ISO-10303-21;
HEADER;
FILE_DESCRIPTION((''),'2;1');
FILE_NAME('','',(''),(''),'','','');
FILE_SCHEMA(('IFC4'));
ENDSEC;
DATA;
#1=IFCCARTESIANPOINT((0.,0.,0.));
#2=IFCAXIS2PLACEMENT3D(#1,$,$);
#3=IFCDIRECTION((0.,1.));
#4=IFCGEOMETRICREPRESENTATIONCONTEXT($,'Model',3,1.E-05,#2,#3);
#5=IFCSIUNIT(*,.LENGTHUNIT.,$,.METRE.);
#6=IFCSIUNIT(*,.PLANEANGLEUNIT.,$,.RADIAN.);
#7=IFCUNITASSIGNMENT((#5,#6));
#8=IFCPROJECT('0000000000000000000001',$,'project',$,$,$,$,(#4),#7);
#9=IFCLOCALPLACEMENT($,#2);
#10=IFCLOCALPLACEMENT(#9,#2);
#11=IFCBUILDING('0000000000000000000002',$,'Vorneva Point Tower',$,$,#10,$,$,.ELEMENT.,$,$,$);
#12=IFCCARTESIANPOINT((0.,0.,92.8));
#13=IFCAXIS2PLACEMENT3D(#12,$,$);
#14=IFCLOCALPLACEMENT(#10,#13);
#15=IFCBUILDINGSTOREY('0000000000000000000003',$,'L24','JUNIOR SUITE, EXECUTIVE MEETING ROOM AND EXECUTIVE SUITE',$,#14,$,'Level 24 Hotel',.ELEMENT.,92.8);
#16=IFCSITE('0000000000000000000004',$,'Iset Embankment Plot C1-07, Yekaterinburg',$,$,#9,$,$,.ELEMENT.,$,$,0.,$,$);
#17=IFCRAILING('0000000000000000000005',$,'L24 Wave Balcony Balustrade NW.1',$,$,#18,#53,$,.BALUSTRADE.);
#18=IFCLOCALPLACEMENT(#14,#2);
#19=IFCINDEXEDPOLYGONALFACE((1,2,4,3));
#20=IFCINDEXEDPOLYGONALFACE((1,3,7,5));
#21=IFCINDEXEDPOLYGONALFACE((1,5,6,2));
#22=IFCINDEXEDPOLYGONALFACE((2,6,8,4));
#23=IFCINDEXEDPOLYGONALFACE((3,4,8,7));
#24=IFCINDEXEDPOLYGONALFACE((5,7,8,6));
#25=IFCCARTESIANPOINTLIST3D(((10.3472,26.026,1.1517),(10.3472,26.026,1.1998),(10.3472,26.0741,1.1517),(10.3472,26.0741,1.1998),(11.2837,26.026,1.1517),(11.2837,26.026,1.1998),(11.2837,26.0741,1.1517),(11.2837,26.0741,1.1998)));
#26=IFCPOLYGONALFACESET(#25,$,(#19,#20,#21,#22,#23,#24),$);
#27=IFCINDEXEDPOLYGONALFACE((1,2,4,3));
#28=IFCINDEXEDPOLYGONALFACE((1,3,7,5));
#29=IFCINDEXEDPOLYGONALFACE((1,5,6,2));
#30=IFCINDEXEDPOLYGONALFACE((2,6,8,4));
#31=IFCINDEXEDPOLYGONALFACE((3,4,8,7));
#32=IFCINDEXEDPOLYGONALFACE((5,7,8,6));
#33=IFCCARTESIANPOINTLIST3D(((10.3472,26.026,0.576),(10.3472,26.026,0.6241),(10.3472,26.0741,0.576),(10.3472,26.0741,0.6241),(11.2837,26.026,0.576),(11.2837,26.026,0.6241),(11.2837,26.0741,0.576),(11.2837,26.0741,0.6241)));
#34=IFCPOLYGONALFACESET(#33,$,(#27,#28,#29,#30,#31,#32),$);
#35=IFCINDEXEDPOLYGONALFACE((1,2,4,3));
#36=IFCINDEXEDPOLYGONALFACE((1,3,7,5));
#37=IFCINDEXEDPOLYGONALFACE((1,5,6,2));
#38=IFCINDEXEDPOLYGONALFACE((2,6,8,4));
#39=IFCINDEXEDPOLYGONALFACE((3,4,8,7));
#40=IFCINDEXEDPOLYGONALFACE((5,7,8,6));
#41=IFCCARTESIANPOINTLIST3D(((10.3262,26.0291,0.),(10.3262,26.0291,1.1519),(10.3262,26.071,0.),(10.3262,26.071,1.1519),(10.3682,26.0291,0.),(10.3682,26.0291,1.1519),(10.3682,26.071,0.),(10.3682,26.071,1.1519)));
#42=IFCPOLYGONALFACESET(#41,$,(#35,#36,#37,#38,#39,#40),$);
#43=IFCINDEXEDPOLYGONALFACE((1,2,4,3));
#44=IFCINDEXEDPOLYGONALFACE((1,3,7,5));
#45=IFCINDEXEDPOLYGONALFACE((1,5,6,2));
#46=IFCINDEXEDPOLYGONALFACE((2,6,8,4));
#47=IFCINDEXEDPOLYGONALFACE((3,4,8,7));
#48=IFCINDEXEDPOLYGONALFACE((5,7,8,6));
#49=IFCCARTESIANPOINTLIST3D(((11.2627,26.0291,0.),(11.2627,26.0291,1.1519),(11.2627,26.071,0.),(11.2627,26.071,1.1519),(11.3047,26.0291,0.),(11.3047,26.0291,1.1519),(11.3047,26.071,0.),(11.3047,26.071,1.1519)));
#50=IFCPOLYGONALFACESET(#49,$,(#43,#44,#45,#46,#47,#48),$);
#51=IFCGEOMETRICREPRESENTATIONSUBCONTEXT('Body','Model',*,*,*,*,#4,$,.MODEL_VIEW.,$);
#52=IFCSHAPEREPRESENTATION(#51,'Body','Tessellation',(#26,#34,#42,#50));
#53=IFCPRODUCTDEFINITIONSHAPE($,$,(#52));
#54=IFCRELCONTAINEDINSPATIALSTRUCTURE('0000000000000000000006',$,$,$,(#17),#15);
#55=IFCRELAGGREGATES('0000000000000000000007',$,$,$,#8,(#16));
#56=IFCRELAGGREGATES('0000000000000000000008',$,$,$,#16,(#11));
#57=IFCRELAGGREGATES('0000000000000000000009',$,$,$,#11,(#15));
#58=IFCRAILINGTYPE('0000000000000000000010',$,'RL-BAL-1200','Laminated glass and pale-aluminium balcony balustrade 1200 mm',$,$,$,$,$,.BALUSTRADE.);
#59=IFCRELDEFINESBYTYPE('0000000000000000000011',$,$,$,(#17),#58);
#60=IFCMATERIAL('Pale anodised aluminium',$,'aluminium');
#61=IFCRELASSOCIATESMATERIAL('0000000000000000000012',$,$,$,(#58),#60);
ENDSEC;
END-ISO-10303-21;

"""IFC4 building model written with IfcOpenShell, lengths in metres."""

from ifc_helpers import new_model, si_unit, direction, frame, origin, origin_2d, place, context, subcontext, project, spatial, rectangle, extrude, material, type_object, element, save


model = new_model("IFC4")

# Units and contexts
model_context = context("Model", 3, precision=1e-05, world=origin(), true_north=direction((0.0, 1.0)))
body_context = subcontext(model_context, "Body", "Model", "MODEL_VIEW")
ifc_project = project(units=[si_unit("LENGTHUNIT", "METRE"), si_unit("PLANEANGLEUNIT", "RADIAN")], contexts=[model_context])

# Site, building, storey
site_placement = place(None, origin())
site = spatial("IfcSite", under=ifc_project, at=site_placement, Name="Iset Embankment Plot C1-07, Yekaterinburg", CompositionType="ELEMENT", RefElevation=0.0)
building_placement = place(site_placement, origin())
building = spatial("IfcBuilding", under=site, at=building_placement, Name="Vorneva Point Tower", CompositionType="ELEMENT")
storey_placement = place(building_placement, frame((0.0, 0.0, 92.8)))
storey = spatial("IfcBuildingStorey", under=building, at=storey_placement, Name="L24", Description="JUNIOR SUITE, EXECUTIVE MEETING ROOM AND EXECUTIVE SUITE", LongName="Level 24 Hotel", CompositionType="ELEMENT", Elevation=92.8)

# Shared definitions
ifc_material_1 = material(Name="Pale anodised aluminium", Category="aluminium")

# Railing
railing_type = type_object("IfcRailingType", Name="RL-BAL-1200", Description="Laminated glass and pale-aluminium balcony balustrade 1200 mm", PredefinedType="BALUSTRADE", material=ifc_material_1)
railing_placement = place(storey_placement, frame((10.3472, 26.05, 0.0)))
element("IfcRailing", 1, at=railing_placement, inside=storey, type_object=railing_type, Name="L24 Wave Balcony Balustrade NW.1", PredefinedType="BALUSTRADE", context=body_context, shape_type="SweptSolid", body=[
    extrude(rectangle(XDim=0.0481, YDim=0.0481, at=origin_2d()), frame((0.0, 0.0, 1.1758), z_axis=(1.0, 0.0, 0.0), x_axis=(0.0, 1.0, 0.0)), (0.0, 0.0, 1.0), 0.9365),
    extrude(rectangle(XDim=0.0481, YDim=0.0481, at=origin_2d()), frame((0.0, 0.0, 0.6001), z_axis=(1.0, 0.0, 0.0), x_axis=(0.0, 1.0, 0.0)), (0.0, 0.0, 1.0), 0.9365),
    extrude(rectangle(XDim=0.042, YDim=0.042, at=origin_2d()), origin(), (0.0, 0.0, 1.0), 1.1519),
    extrude(rectangle(XDim=0.042, YDim=0.042, at=origin_2d()), frame((0.9365, 0.0, 0.0)), (0.0, 0.0, 1.0), 1.1519),
])

save(model, "model.ifc")
